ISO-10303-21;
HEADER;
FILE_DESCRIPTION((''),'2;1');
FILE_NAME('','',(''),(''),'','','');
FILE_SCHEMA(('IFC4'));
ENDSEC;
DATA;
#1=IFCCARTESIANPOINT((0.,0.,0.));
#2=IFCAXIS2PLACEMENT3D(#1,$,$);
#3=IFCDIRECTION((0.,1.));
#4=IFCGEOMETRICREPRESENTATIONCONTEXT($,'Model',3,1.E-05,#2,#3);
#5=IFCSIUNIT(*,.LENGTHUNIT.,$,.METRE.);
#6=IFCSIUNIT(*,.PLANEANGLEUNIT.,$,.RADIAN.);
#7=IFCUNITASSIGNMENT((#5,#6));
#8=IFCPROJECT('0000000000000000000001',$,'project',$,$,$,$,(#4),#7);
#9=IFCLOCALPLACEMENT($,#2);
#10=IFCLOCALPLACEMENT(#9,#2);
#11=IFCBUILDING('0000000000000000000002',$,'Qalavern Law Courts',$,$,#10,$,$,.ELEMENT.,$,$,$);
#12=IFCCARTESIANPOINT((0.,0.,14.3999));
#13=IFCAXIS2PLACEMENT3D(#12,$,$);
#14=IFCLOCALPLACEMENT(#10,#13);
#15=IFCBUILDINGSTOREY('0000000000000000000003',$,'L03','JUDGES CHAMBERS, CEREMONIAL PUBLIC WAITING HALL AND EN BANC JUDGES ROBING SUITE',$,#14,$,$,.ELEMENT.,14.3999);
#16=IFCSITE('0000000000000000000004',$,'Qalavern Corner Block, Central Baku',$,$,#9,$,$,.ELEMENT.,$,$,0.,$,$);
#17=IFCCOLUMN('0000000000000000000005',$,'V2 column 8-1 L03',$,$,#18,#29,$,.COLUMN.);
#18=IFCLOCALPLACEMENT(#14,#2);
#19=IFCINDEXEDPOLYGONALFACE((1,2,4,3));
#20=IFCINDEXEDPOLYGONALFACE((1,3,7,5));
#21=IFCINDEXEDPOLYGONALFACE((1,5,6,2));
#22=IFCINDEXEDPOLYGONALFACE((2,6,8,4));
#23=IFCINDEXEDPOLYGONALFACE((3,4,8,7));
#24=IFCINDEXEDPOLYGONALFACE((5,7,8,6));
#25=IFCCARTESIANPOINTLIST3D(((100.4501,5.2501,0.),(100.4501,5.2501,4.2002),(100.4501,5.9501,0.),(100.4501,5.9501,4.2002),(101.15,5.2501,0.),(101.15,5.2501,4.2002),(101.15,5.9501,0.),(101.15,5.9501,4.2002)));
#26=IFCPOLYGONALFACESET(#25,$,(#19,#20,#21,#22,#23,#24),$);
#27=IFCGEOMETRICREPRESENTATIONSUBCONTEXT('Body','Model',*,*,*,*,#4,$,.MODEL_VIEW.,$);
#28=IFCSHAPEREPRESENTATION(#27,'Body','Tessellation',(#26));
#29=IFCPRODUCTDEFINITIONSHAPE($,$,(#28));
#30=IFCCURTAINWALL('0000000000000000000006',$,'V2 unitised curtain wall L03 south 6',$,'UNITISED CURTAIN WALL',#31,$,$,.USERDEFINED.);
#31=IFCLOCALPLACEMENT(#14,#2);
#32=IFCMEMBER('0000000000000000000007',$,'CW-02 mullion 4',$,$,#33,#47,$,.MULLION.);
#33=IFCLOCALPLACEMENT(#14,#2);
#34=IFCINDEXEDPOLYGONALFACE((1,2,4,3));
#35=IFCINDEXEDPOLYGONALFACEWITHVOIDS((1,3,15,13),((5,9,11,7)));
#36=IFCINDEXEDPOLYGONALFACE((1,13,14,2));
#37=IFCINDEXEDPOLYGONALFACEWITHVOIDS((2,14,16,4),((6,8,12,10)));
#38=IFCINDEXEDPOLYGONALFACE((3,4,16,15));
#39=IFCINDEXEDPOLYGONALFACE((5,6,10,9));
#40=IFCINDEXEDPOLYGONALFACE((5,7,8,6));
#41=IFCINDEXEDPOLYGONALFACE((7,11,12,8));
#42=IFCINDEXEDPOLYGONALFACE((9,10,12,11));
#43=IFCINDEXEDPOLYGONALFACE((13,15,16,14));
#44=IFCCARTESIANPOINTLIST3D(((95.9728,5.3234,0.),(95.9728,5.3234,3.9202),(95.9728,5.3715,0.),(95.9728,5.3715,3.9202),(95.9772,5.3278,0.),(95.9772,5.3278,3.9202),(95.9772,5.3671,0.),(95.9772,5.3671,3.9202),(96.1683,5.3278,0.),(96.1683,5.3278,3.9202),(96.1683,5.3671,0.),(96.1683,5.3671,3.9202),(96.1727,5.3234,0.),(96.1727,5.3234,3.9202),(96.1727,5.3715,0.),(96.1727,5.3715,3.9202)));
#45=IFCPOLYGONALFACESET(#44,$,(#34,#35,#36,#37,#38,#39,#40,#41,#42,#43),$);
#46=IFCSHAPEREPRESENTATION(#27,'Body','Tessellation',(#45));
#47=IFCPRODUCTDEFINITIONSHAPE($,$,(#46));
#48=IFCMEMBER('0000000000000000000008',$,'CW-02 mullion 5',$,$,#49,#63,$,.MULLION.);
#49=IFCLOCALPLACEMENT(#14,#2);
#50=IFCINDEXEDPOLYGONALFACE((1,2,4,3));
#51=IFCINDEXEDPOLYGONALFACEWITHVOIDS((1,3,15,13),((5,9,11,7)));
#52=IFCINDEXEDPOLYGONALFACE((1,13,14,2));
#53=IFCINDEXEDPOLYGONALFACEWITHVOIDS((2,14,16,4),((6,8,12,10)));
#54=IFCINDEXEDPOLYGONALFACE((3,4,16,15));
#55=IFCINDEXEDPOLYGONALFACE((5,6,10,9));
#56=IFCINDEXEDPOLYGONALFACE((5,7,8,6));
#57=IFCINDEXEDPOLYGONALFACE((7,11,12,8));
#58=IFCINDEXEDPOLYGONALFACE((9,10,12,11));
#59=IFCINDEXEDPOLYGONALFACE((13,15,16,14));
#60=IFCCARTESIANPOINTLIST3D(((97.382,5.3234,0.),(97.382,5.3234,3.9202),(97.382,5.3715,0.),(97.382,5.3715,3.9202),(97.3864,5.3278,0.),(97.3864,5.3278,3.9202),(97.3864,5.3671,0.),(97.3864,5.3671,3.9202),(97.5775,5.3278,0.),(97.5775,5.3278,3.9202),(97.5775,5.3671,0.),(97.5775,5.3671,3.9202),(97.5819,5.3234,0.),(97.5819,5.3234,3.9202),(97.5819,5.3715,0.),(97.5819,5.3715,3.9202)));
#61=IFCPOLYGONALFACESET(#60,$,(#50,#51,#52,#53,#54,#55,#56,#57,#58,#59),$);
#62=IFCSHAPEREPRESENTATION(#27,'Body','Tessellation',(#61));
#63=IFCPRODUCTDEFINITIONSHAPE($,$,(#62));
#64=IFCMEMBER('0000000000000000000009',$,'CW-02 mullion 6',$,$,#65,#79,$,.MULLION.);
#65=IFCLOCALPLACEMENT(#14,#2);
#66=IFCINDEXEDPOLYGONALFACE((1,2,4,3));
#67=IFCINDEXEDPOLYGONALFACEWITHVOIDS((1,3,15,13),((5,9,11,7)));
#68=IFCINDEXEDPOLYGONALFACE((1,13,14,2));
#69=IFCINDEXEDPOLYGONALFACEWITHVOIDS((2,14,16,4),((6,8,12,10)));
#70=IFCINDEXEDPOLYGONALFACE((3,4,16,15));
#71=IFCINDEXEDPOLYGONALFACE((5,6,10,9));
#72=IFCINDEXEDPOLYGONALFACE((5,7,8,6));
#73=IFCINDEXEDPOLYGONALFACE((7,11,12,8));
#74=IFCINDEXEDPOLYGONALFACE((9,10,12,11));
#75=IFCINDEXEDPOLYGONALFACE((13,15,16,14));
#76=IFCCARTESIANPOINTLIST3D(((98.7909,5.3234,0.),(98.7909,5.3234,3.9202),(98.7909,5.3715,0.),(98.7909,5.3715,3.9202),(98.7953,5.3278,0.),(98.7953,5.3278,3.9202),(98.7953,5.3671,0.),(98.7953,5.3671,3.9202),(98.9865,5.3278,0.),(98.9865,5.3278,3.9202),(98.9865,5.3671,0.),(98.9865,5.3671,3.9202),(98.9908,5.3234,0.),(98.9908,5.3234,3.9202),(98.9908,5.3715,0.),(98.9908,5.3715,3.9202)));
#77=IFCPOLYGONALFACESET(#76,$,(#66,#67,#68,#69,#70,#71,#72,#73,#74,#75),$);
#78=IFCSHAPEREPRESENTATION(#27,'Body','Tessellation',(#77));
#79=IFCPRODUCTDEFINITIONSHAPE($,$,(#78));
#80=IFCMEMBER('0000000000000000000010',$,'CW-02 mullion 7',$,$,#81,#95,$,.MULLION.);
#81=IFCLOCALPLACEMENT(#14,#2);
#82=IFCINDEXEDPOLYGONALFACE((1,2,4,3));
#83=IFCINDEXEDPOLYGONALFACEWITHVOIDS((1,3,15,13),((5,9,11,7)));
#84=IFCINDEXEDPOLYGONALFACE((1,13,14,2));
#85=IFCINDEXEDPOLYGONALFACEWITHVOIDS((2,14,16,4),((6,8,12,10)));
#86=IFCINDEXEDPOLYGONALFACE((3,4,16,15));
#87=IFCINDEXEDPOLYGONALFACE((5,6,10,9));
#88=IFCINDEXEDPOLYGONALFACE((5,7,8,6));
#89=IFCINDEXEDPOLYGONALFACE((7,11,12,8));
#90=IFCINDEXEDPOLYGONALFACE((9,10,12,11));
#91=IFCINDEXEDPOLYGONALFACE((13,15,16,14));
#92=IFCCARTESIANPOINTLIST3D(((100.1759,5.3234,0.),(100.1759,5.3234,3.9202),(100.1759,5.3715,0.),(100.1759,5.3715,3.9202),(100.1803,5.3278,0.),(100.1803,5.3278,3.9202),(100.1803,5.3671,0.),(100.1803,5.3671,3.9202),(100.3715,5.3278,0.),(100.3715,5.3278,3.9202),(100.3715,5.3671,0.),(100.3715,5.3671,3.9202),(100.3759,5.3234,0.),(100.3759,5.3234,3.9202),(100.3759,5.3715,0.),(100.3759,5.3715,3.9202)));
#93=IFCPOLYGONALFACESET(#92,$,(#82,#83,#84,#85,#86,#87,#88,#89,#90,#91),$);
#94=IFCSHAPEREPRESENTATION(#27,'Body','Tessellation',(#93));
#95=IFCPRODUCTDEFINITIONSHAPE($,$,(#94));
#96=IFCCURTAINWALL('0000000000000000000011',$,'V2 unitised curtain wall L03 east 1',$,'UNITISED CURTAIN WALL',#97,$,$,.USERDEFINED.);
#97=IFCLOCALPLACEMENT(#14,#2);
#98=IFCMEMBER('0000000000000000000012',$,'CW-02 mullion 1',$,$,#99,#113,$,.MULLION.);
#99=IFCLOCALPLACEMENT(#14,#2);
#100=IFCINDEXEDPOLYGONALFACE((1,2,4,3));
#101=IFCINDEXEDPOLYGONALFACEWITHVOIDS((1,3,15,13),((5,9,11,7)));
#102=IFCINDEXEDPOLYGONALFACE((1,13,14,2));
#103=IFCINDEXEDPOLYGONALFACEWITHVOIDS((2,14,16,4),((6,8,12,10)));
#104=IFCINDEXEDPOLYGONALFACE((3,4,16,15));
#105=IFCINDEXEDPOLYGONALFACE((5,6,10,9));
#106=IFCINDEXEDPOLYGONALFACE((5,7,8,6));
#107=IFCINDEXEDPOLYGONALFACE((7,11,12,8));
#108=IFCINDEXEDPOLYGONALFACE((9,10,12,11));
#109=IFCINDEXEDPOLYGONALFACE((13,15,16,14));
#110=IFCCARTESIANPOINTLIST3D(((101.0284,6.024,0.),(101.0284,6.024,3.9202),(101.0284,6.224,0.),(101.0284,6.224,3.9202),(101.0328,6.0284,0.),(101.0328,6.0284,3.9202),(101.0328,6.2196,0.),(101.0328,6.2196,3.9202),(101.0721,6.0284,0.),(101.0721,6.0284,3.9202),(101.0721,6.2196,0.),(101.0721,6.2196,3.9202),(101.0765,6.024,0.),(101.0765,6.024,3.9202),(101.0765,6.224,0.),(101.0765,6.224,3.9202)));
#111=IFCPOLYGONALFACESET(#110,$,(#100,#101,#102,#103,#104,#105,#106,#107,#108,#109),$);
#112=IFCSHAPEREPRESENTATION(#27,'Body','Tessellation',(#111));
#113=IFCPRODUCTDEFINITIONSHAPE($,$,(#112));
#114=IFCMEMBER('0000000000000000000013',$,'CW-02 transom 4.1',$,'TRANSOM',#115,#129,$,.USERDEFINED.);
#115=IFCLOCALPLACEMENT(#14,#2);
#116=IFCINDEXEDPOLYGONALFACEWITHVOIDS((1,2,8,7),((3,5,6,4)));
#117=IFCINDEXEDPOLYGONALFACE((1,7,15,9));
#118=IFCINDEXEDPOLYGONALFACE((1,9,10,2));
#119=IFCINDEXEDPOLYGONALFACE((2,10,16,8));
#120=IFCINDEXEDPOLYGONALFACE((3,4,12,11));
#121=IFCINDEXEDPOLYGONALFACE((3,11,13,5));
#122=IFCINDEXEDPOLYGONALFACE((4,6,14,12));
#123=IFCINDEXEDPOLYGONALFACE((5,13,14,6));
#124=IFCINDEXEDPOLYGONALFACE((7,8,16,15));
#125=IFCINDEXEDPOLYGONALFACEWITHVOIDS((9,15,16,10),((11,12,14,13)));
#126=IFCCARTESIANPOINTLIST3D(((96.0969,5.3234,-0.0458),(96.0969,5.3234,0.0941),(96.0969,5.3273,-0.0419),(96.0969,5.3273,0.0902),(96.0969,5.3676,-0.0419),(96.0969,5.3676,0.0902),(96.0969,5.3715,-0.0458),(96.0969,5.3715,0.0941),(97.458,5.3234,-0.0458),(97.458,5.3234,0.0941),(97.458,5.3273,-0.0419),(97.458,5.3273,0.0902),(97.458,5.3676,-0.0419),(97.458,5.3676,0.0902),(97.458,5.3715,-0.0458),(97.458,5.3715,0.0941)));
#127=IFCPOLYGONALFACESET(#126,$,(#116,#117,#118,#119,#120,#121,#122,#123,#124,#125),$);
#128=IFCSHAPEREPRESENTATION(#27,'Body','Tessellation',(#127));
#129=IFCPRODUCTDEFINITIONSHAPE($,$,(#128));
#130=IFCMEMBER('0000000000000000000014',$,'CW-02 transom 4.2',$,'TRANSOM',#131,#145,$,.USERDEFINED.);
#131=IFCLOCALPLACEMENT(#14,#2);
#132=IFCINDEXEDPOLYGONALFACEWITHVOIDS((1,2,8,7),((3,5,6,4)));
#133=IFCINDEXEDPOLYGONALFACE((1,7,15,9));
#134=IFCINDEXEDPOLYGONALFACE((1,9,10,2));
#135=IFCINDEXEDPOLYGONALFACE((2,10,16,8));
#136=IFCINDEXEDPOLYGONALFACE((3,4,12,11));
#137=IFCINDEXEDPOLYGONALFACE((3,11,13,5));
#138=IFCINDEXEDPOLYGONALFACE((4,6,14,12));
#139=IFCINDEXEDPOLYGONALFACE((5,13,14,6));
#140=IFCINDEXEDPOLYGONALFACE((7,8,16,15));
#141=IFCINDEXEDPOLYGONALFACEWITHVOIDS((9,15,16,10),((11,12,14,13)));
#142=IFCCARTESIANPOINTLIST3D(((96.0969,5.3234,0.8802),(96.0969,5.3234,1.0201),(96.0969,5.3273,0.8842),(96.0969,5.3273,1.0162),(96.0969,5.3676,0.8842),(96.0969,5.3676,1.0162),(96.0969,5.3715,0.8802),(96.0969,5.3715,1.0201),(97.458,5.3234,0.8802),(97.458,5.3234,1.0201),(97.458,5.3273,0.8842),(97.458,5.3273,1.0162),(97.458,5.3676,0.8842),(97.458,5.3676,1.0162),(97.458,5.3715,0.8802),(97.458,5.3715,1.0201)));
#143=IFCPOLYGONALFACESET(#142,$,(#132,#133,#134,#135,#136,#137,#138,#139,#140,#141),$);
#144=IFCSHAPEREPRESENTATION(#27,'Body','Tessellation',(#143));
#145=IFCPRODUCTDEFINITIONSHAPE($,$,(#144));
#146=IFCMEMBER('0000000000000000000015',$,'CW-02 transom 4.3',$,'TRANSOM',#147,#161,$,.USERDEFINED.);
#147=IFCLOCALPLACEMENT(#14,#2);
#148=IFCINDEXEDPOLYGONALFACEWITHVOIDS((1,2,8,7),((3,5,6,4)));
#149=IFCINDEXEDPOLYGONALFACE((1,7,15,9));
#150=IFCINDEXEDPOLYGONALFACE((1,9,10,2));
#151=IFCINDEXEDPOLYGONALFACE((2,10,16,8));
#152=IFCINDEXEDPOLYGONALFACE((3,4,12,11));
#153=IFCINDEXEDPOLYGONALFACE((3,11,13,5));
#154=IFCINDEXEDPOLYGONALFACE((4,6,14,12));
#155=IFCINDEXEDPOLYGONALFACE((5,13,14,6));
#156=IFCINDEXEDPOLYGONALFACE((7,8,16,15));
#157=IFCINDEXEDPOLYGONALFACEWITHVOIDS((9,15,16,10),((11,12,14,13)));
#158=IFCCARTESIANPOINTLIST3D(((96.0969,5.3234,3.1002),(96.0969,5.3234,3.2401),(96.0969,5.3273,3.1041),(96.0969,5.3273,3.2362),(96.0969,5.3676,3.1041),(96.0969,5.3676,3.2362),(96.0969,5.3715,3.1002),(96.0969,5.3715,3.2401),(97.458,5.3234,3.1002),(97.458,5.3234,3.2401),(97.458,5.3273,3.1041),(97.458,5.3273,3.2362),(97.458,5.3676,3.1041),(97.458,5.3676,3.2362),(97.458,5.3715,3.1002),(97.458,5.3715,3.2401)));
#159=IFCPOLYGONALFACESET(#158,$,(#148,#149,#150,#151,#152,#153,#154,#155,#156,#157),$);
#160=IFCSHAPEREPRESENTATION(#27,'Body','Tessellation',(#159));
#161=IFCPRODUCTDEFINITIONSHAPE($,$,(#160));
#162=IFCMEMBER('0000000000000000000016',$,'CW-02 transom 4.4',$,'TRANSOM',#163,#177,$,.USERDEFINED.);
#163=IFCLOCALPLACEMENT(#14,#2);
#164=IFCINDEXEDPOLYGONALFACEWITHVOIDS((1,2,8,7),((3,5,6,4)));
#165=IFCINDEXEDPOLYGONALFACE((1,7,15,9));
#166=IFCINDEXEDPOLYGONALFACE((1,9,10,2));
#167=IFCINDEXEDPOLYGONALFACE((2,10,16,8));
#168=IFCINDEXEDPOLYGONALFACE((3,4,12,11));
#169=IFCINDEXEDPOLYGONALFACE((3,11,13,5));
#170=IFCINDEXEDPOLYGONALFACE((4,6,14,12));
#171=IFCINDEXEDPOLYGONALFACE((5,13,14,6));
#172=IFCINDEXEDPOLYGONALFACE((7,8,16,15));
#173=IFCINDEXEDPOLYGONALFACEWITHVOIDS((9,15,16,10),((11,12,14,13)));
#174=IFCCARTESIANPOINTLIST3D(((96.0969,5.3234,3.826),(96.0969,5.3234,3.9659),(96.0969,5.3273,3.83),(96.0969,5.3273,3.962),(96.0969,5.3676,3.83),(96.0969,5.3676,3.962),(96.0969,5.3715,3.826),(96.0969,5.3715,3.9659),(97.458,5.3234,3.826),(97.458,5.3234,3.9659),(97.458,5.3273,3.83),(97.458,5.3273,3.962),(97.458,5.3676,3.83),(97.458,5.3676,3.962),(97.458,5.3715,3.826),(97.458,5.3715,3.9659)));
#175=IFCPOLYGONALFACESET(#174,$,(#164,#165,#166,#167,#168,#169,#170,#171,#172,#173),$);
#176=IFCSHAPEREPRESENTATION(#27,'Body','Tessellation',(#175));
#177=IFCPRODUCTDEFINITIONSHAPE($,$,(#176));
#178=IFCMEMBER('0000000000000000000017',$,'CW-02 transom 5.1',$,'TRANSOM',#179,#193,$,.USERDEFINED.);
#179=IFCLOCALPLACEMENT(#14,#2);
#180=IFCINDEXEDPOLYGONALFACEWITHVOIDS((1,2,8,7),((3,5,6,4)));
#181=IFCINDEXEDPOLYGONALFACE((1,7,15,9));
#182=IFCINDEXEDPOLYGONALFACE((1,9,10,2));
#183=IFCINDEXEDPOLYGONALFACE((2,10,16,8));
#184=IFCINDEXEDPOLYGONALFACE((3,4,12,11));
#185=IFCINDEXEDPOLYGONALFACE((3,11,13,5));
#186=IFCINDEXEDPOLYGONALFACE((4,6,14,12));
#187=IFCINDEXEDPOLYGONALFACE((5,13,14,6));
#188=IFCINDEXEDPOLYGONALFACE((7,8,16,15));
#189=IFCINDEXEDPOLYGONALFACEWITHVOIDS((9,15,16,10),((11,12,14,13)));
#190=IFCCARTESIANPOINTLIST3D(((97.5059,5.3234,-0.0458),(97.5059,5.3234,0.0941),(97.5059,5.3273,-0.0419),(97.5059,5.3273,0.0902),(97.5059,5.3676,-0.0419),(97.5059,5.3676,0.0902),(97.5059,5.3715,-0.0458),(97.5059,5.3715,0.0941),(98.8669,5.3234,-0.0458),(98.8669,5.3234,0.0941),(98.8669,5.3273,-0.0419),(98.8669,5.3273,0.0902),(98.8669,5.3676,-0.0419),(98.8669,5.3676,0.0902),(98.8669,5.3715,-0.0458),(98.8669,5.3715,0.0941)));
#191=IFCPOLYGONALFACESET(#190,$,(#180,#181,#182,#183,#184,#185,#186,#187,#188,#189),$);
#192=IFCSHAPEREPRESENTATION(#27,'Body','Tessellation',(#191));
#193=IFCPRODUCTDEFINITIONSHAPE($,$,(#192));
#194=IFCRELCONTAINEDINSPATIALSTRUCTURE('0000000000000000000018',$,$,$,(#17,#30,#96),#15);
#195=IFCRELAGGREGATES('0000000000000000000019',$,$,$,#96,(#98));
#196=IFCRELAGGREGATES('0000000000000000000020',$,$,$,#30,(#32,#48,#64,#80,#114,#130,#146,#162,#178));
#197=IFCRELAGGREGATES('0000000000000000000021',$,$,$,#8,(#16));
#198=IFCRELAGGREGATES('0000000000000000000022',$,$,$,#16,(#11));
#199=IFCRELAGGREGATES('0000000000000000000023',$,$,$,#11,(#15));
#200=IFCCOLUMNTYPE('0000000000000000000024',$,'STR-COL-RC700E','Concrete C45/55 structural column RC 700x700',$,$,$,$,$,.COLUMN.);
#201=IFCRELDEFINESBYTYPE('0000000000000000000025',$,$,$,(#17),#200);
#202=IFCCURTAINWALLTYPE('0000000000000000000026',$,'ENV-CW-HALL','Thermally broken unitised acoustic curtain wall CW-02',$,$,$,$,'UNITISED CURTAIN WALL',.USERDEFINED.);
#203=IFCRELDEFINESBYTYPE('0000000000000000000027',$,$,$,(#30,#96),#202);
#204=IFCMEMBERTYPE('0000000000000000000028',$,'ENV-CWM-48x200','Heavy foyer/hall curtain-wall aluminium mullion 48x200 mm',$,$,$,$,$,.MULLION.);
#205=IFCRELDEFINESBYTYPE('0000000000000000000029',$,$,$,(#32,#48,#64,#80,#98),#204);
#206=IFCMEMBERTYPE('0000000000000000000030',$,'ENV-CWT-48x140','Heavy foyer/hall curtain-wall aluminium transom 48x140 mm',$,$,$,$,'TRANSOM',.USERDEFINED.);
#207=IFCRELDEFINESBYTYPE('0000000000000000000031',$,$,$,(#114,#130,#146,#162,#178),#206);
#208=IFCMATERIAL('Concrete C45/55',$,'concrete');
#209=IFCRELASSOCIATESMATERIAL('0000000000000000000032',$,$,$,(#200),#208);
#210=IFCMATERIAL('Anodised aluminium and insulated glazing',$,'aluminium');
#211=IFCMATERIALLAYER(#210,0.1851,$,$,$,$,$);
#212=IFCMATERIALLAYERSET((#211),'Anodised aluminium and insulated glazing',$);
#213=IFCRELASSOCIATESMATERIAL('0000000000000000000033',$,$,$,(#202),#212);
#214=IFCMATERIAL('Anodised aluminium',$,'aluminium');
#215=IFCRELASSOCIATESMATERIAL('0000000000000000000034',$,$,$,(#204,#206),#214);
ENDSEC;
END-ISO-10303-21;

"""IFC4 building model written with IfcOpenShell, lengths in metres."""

from ifc_helpers import new_model, si_unit, direction, frame, origin, origin_2d, place, context, subcontext, project, spatial, rectangle, hollow_rectangle, extrude, material, layer, layer_set, material_profile, profile_set, type_object, element, aggregate, save


model = new_model("IFC4")

# Units and contexts
model_context = context("Model", 3, precision=1e-05, world=origin(), true_north=direction((0.0, 1.0)))
body_context = subcontext(model_context, "Body", "Model", "MODEL_VIEW")
ifc_project = project(units=[si_unit("LENGTHUNIT", "METRE"), si_unit("PLANEANGLEUNIT", "RADIAN")], contexts=[model_context])

# Site, building, storey
site_placement = place(None, origin())
site = spatial("IfcSite", under=ifc_project, at=site_placement, Name="Qalavern Corner Block, Central Baku", CompositionType="ELEMENT", RefElevation=0.0)
building_placement = place(site_placement, origin())
building = spatial("IfcBuilding", under=site, at=building_placement, Name="Qalavern Law Courts", CompositionType="ELEMENT")
storey_placement = place(building_placement, frame((0.0, 0.0, 14.3999)))
storey = spatial("IfcBuildingStorey", under=building, at=storey_placement, Name="L03", Description="JUDGES CHAMBERS, CEREMONIAL PUBLIC WAITING HALL AND EN BANC JUDGES ROBING SUITE", CompositionType="ELEMENT", Elevation=14.3999)

# Column
ifc_material_1 = material(Name="Concrete C45/55", Category="concrete")
ifc_material_profile_1 = material_profile(ifc_material_1, rectangle(XDim=0.7, YDim=0.7, at=origin_2d()), Name="RC 700x700")
ifc_profile_set_1 = profile_set([ifc_material_profile_1], Name="Concrete C45/55")
column_type = type_object("IfcColumnType", Name="STR-COL-RC700E", Description="Concrete C45/55 structural column RC 700x700", PredefinedType="COLUMN", material=ifc_profile_set_1)
column_placement = place(storey_placement, frame((100.8, 5.6001, 0.0), z_axis=(0.0, 0.0, 1.0), x_axis=(1.0, 0.0, 0.0)))
element("IfcColumn", 1, at=column_placement, inside=storey, type_object=column_type, Name="V2 column 8-1 L03", PredefinedType="COLUMN", context=body_context, shape_type="SweptSolid", body=[
    extrude(rectangle(XDim=0.7, YDim=0.7, at=origin_2d()), origin(), (0.0, 0.0, 1.0), 4.2002),
])

# Curtain wall, members
ifc_material_2 = material(Name="Anodised aluminium and insulated glazing", Category="aluminium")
ifc_layer_1 = layer(ifc_material_2, 0.1851)
ifc_layer_set_1 = layer_set([ifc_layer_1], Name="Anodised aluminium and insulated glazing")
curtain_wall_type = type_object("IfcCurtainWallType", Name="ENV-CW-HALL", Description="Thermally broken unitised acoustic curtain wall CW-02", ElementType="UNITISED CURTAIN WALL", PredefinedType="USERDEFINED", material=ifc_layer_set_1)
curtain_wall_1_placement = place(storey_placement, origin())
curtain_wall_1 = element("IfcCurtainWall", 2, at=curtain_wall_1_placement, inside=storey, type_object=curtain_wall_type, Name="V2 unitised curtain wall L03 south 6", ObjectType="UNITISED CURTAIN WALL", PredefinedType="USERDEFINED")
ifc_material_3 = material(Name="Anodised aluminium", Category="aluminium")
ifc_material_profile_2 = material_profile(ifc_material_3, hollow_rectangle(XDim=0.0481, YDim=0.2, WallThickness=0.0044, at=origin_2d()), Name="ALU MULLION 48x200")
ifc_profile_set_2 = profile_set([ifc_material_profile_2], Name="Anodised aluminium")
member_type_1 = type_object("IfcMemberType", Name="ENV-CWM-48x200", Description="Heavy foyer/hall curtain-wall aluminium mullion 48x200 mm", PredefinedType="MULLION", material=ifc_profile_set_2)
member_1_placement = place(storey_placement, frame((96.0728, 5.3474, 0.0), z_axis=(0.0, 0.0, 1.0), x_axis=(0.0, 1.0, 0.0)))
member_1 = element("IfcMember", 3, at=member_1_placement, type_object=member_type_1, Name="CW-02 mullion 4", PredefinedType="MULLION", context=body_context, shape_type="SweptSolid", body=[
    extrude(hollow_rectangle(XDim=0.0481, YDim=0.2, WallThickness=0.0044, at=origin_2d()), origin(), (0.0, 0.0, 1.0), 3.9202),
])
member_2_placement = place(storey_placement, frame((97.4819, 5.3474, 0.0), z_axis=(0.0, 0.0, 1.0), x_axis=(0.0, 1.0, 0.0)))
member_2 = element("IfcMember", 4, at=member_2_placement, type_object=member_type_1, Name="CW-02 mullion 5", PredefinedType="MULLION", context=body_context, shape_type="SweptSolid", body=[
    extrude(hollow_rectangle(XDim=0.0481, YDim=0.2, WallThickness=0.0044, at=origin_2d()), origin(), (0.0, 0.0, 1.0), 3.9202),
])
member_3_placement = place(storey_placement, frame((98.8909, 5.3474, 0.0), z_axis=(0.0, 0.0, 1.0), x_axis=(0.0, 1.0, 0.0)))
member_3 = element("IfcMember", 5, at=member_3_placement, type_object=member_type_1, Name="CW-02 mullion 6", PredefinedType="MULLION", context=body_context, shape_type="SweptSolid", body=[
    extrude(hollow_rectangle(XDim=0.0481, YDim=0.2, WallThickness=0.0044, at=origin_2d()), origin(), (0.0, 0.0, 1.0), 3.9202),
])
member_4_placement = place(storey_placement, frame((100.2759, 5.3474, 0.0), z_axis=(0.0, 0.0, 1.0), x_axis=(0.0, 1.0, 0.0)))
member_4 = element("IfcMember", 6, at=member_4_placement, type_object=member_type_1, Name="CW-02 mullion 7", PredefinedType="MULLION", context=body_context, shape_type="SweptSolid", body=[
    extrude(hollow_rectangle(XDim=0.0481, YDim=0.2, WallThickness=0.0044, at=origin_2d()), origin(), (0.0, 0.0, 1.0), 3.9202),
])

# Curtain wall, member
curtain_wall_2_placement = place(storey_placement, origin())
curtain_wall_2 = element("IfcCurtainWall", 7, at=curtain_wall_2_placement, inside=storey, type_object=curtain_wall_type, Name="V2 unitised curtain wall L03 east 1", ObjectType="UNITISED CURTAIN WALL", PredefinedType="USERDEFINED")
member_5_placement = place(storey_placement, frame((101.0525, 6.124, 0.0), z_axis=(0.0, 0.0, 1.0), x_axis=(-1.0, 0.0, 0.0)))
member_5 = element("IfcMember", 8, at=member_5_placement, type_object=member_type_1, Name="CW-02 mullion 1", PredefinedType="MULLION", context=body_context, shape_type="SweptSolid", body=[
    extrude(hollow_rectangle(XDim=0.0481, YDim=0.2, WallThickness=0.0044, at=origin_2d()), origin(), (0.0, 0.0, 1.0), 3.9202),
])

# Members
ifc_material_profile_3 = material_profile(ifc_material_3, hollow_rectangle(XDim=0.0481, YDim=0.1399, WallThickness=0.0039, at=origin_2d()), Name="ALU TRANSOM 48x140")
ifc_profile_set_3 = profile_set([ifc_material_profile_3], Name="Anodised aluminium")
member_type_2 = type_object("IfcMemberType", Name="ENV-CWT-48x140", Description="Heavy foyer/hall curtain-wall aluminium transom 48x140 mm", ElementType="TRANSOM", PredefinedType="USERDEFINED", material=ifc_profile_set_3)
member_6_placement = place(storey_placement, frame((96.0969, 5.3474, 0.0242), z_axis=(1.0, 0.0, 0.0), x_axis=(0.0, 1.0, 0.0)))
member_6 = element("IfcMember", 9, at=member_6_placement, type_object=member_type_2, Name="CW-02 transom 4.1", ObjectType="TRANSOM", PredefinedType="USERDEFINED", context=body_context, shape_type="SweptSolid", body=[
    extrude(hollow_rectangle(XDim=0.0481, YDim=0.1399, WallThickness=0.0039, at=origin_2d()), origin(), (0.0, 0.0, 1.0), 1.3611),
])
member_7_placement = place(storey_placement, frame((96.0969, 5.3474, 0.9502), z_axis=(1.0, 0.0, 0.0), x_axis=(0.0, 1.0, 0.0)))
member_7 = element("IfcMember", 10, at=member_7_placement, type_object=member_type_2, Name="CW-02 transom 4.2", ObjectType="TRANSOM", PredefinedType="USERDEFINED", context=body_context, shape_type="SweptSolid", body=[
    extrude(hollow_rectangle(XDim=0.0481, YDim=0.1399, WallThickness=0.0039, at=origin_2d()), origin(), (0.0, 0.0, 1.0), 1.3611),
])
member_8_placement = place(storey_placement, frame((96.0969, 5.3474, 3.1702), z_axis=(1.0, 0.0, 0.0), x_axis=(0.0, 1.0, 0.0)))
member_8 = element("IfcMember", 11, at=member_8_placement, type_object=member_type_2, Name="CW-02 transom 4.3", ObjectType="TRANSOM", PredefinedType="USERDEFINED", context=body_context, shape_type="SweptSolid", body=[
    extrude(hollow_rectangle(XDim=0.0481, YDim=0.1399, WallThickness=0.0039, at=origin_2d()), origin(), (0.0, 0.0, 1.0), 1.3611),
])
member_9_placement = place(storey_placement, frame((96.0969, 5.3474, 3.896), z_axis=(1.0, 0.0, 0.0), x_axis=(0.0, 1.0, 0.0)))
member_9 = element("IfcMember", 12, at=member_9_placement, type_object=member_type_2, Name="CW-02 transom 4.4", ObjectType="TRANSOM", PredefinedType="USERDEFINED", context=body_context, shape_type="SweptSolid", body=[
    extrude(hollow_rectangle(XDim=0.0481, YDim=0.1399, WallThickness=0.0039, at=origin_2d()), origin(), (0.0, 0.0, 1.0), 1.3611),
])
member_10_placement = place(storey_placement, frame((97.5059, 5.3474, 0.0242), z_axis=(1.0, 0.0, 0.0), x_axis=(0.0, 1.0, 0.0)))
member_10 = element("IfcMember", 13, at=member_10_placement, type_object=member_type_2, Name="CW-02 transom 5.1", ObjectType="TRANSOM", PredefinedType="USERDEFINED", context=body_context, shape_type="SweptSolid", body=[
    extrude(hollow_rectangle(XDim=0.0481, YDim=0.1399, WallThickness=0.0039, at=origin_2d()), origin(), (0.0, 0.0, 1.0), 1.3611),
])
aggregate(curtain_wall_2, [member_5])

aggregate(curtain_wall_1, [member_1, member_2, member_3, member_4, member_6, member_7, member_8, member_9, member_10])

save(model, "model.ifc")
